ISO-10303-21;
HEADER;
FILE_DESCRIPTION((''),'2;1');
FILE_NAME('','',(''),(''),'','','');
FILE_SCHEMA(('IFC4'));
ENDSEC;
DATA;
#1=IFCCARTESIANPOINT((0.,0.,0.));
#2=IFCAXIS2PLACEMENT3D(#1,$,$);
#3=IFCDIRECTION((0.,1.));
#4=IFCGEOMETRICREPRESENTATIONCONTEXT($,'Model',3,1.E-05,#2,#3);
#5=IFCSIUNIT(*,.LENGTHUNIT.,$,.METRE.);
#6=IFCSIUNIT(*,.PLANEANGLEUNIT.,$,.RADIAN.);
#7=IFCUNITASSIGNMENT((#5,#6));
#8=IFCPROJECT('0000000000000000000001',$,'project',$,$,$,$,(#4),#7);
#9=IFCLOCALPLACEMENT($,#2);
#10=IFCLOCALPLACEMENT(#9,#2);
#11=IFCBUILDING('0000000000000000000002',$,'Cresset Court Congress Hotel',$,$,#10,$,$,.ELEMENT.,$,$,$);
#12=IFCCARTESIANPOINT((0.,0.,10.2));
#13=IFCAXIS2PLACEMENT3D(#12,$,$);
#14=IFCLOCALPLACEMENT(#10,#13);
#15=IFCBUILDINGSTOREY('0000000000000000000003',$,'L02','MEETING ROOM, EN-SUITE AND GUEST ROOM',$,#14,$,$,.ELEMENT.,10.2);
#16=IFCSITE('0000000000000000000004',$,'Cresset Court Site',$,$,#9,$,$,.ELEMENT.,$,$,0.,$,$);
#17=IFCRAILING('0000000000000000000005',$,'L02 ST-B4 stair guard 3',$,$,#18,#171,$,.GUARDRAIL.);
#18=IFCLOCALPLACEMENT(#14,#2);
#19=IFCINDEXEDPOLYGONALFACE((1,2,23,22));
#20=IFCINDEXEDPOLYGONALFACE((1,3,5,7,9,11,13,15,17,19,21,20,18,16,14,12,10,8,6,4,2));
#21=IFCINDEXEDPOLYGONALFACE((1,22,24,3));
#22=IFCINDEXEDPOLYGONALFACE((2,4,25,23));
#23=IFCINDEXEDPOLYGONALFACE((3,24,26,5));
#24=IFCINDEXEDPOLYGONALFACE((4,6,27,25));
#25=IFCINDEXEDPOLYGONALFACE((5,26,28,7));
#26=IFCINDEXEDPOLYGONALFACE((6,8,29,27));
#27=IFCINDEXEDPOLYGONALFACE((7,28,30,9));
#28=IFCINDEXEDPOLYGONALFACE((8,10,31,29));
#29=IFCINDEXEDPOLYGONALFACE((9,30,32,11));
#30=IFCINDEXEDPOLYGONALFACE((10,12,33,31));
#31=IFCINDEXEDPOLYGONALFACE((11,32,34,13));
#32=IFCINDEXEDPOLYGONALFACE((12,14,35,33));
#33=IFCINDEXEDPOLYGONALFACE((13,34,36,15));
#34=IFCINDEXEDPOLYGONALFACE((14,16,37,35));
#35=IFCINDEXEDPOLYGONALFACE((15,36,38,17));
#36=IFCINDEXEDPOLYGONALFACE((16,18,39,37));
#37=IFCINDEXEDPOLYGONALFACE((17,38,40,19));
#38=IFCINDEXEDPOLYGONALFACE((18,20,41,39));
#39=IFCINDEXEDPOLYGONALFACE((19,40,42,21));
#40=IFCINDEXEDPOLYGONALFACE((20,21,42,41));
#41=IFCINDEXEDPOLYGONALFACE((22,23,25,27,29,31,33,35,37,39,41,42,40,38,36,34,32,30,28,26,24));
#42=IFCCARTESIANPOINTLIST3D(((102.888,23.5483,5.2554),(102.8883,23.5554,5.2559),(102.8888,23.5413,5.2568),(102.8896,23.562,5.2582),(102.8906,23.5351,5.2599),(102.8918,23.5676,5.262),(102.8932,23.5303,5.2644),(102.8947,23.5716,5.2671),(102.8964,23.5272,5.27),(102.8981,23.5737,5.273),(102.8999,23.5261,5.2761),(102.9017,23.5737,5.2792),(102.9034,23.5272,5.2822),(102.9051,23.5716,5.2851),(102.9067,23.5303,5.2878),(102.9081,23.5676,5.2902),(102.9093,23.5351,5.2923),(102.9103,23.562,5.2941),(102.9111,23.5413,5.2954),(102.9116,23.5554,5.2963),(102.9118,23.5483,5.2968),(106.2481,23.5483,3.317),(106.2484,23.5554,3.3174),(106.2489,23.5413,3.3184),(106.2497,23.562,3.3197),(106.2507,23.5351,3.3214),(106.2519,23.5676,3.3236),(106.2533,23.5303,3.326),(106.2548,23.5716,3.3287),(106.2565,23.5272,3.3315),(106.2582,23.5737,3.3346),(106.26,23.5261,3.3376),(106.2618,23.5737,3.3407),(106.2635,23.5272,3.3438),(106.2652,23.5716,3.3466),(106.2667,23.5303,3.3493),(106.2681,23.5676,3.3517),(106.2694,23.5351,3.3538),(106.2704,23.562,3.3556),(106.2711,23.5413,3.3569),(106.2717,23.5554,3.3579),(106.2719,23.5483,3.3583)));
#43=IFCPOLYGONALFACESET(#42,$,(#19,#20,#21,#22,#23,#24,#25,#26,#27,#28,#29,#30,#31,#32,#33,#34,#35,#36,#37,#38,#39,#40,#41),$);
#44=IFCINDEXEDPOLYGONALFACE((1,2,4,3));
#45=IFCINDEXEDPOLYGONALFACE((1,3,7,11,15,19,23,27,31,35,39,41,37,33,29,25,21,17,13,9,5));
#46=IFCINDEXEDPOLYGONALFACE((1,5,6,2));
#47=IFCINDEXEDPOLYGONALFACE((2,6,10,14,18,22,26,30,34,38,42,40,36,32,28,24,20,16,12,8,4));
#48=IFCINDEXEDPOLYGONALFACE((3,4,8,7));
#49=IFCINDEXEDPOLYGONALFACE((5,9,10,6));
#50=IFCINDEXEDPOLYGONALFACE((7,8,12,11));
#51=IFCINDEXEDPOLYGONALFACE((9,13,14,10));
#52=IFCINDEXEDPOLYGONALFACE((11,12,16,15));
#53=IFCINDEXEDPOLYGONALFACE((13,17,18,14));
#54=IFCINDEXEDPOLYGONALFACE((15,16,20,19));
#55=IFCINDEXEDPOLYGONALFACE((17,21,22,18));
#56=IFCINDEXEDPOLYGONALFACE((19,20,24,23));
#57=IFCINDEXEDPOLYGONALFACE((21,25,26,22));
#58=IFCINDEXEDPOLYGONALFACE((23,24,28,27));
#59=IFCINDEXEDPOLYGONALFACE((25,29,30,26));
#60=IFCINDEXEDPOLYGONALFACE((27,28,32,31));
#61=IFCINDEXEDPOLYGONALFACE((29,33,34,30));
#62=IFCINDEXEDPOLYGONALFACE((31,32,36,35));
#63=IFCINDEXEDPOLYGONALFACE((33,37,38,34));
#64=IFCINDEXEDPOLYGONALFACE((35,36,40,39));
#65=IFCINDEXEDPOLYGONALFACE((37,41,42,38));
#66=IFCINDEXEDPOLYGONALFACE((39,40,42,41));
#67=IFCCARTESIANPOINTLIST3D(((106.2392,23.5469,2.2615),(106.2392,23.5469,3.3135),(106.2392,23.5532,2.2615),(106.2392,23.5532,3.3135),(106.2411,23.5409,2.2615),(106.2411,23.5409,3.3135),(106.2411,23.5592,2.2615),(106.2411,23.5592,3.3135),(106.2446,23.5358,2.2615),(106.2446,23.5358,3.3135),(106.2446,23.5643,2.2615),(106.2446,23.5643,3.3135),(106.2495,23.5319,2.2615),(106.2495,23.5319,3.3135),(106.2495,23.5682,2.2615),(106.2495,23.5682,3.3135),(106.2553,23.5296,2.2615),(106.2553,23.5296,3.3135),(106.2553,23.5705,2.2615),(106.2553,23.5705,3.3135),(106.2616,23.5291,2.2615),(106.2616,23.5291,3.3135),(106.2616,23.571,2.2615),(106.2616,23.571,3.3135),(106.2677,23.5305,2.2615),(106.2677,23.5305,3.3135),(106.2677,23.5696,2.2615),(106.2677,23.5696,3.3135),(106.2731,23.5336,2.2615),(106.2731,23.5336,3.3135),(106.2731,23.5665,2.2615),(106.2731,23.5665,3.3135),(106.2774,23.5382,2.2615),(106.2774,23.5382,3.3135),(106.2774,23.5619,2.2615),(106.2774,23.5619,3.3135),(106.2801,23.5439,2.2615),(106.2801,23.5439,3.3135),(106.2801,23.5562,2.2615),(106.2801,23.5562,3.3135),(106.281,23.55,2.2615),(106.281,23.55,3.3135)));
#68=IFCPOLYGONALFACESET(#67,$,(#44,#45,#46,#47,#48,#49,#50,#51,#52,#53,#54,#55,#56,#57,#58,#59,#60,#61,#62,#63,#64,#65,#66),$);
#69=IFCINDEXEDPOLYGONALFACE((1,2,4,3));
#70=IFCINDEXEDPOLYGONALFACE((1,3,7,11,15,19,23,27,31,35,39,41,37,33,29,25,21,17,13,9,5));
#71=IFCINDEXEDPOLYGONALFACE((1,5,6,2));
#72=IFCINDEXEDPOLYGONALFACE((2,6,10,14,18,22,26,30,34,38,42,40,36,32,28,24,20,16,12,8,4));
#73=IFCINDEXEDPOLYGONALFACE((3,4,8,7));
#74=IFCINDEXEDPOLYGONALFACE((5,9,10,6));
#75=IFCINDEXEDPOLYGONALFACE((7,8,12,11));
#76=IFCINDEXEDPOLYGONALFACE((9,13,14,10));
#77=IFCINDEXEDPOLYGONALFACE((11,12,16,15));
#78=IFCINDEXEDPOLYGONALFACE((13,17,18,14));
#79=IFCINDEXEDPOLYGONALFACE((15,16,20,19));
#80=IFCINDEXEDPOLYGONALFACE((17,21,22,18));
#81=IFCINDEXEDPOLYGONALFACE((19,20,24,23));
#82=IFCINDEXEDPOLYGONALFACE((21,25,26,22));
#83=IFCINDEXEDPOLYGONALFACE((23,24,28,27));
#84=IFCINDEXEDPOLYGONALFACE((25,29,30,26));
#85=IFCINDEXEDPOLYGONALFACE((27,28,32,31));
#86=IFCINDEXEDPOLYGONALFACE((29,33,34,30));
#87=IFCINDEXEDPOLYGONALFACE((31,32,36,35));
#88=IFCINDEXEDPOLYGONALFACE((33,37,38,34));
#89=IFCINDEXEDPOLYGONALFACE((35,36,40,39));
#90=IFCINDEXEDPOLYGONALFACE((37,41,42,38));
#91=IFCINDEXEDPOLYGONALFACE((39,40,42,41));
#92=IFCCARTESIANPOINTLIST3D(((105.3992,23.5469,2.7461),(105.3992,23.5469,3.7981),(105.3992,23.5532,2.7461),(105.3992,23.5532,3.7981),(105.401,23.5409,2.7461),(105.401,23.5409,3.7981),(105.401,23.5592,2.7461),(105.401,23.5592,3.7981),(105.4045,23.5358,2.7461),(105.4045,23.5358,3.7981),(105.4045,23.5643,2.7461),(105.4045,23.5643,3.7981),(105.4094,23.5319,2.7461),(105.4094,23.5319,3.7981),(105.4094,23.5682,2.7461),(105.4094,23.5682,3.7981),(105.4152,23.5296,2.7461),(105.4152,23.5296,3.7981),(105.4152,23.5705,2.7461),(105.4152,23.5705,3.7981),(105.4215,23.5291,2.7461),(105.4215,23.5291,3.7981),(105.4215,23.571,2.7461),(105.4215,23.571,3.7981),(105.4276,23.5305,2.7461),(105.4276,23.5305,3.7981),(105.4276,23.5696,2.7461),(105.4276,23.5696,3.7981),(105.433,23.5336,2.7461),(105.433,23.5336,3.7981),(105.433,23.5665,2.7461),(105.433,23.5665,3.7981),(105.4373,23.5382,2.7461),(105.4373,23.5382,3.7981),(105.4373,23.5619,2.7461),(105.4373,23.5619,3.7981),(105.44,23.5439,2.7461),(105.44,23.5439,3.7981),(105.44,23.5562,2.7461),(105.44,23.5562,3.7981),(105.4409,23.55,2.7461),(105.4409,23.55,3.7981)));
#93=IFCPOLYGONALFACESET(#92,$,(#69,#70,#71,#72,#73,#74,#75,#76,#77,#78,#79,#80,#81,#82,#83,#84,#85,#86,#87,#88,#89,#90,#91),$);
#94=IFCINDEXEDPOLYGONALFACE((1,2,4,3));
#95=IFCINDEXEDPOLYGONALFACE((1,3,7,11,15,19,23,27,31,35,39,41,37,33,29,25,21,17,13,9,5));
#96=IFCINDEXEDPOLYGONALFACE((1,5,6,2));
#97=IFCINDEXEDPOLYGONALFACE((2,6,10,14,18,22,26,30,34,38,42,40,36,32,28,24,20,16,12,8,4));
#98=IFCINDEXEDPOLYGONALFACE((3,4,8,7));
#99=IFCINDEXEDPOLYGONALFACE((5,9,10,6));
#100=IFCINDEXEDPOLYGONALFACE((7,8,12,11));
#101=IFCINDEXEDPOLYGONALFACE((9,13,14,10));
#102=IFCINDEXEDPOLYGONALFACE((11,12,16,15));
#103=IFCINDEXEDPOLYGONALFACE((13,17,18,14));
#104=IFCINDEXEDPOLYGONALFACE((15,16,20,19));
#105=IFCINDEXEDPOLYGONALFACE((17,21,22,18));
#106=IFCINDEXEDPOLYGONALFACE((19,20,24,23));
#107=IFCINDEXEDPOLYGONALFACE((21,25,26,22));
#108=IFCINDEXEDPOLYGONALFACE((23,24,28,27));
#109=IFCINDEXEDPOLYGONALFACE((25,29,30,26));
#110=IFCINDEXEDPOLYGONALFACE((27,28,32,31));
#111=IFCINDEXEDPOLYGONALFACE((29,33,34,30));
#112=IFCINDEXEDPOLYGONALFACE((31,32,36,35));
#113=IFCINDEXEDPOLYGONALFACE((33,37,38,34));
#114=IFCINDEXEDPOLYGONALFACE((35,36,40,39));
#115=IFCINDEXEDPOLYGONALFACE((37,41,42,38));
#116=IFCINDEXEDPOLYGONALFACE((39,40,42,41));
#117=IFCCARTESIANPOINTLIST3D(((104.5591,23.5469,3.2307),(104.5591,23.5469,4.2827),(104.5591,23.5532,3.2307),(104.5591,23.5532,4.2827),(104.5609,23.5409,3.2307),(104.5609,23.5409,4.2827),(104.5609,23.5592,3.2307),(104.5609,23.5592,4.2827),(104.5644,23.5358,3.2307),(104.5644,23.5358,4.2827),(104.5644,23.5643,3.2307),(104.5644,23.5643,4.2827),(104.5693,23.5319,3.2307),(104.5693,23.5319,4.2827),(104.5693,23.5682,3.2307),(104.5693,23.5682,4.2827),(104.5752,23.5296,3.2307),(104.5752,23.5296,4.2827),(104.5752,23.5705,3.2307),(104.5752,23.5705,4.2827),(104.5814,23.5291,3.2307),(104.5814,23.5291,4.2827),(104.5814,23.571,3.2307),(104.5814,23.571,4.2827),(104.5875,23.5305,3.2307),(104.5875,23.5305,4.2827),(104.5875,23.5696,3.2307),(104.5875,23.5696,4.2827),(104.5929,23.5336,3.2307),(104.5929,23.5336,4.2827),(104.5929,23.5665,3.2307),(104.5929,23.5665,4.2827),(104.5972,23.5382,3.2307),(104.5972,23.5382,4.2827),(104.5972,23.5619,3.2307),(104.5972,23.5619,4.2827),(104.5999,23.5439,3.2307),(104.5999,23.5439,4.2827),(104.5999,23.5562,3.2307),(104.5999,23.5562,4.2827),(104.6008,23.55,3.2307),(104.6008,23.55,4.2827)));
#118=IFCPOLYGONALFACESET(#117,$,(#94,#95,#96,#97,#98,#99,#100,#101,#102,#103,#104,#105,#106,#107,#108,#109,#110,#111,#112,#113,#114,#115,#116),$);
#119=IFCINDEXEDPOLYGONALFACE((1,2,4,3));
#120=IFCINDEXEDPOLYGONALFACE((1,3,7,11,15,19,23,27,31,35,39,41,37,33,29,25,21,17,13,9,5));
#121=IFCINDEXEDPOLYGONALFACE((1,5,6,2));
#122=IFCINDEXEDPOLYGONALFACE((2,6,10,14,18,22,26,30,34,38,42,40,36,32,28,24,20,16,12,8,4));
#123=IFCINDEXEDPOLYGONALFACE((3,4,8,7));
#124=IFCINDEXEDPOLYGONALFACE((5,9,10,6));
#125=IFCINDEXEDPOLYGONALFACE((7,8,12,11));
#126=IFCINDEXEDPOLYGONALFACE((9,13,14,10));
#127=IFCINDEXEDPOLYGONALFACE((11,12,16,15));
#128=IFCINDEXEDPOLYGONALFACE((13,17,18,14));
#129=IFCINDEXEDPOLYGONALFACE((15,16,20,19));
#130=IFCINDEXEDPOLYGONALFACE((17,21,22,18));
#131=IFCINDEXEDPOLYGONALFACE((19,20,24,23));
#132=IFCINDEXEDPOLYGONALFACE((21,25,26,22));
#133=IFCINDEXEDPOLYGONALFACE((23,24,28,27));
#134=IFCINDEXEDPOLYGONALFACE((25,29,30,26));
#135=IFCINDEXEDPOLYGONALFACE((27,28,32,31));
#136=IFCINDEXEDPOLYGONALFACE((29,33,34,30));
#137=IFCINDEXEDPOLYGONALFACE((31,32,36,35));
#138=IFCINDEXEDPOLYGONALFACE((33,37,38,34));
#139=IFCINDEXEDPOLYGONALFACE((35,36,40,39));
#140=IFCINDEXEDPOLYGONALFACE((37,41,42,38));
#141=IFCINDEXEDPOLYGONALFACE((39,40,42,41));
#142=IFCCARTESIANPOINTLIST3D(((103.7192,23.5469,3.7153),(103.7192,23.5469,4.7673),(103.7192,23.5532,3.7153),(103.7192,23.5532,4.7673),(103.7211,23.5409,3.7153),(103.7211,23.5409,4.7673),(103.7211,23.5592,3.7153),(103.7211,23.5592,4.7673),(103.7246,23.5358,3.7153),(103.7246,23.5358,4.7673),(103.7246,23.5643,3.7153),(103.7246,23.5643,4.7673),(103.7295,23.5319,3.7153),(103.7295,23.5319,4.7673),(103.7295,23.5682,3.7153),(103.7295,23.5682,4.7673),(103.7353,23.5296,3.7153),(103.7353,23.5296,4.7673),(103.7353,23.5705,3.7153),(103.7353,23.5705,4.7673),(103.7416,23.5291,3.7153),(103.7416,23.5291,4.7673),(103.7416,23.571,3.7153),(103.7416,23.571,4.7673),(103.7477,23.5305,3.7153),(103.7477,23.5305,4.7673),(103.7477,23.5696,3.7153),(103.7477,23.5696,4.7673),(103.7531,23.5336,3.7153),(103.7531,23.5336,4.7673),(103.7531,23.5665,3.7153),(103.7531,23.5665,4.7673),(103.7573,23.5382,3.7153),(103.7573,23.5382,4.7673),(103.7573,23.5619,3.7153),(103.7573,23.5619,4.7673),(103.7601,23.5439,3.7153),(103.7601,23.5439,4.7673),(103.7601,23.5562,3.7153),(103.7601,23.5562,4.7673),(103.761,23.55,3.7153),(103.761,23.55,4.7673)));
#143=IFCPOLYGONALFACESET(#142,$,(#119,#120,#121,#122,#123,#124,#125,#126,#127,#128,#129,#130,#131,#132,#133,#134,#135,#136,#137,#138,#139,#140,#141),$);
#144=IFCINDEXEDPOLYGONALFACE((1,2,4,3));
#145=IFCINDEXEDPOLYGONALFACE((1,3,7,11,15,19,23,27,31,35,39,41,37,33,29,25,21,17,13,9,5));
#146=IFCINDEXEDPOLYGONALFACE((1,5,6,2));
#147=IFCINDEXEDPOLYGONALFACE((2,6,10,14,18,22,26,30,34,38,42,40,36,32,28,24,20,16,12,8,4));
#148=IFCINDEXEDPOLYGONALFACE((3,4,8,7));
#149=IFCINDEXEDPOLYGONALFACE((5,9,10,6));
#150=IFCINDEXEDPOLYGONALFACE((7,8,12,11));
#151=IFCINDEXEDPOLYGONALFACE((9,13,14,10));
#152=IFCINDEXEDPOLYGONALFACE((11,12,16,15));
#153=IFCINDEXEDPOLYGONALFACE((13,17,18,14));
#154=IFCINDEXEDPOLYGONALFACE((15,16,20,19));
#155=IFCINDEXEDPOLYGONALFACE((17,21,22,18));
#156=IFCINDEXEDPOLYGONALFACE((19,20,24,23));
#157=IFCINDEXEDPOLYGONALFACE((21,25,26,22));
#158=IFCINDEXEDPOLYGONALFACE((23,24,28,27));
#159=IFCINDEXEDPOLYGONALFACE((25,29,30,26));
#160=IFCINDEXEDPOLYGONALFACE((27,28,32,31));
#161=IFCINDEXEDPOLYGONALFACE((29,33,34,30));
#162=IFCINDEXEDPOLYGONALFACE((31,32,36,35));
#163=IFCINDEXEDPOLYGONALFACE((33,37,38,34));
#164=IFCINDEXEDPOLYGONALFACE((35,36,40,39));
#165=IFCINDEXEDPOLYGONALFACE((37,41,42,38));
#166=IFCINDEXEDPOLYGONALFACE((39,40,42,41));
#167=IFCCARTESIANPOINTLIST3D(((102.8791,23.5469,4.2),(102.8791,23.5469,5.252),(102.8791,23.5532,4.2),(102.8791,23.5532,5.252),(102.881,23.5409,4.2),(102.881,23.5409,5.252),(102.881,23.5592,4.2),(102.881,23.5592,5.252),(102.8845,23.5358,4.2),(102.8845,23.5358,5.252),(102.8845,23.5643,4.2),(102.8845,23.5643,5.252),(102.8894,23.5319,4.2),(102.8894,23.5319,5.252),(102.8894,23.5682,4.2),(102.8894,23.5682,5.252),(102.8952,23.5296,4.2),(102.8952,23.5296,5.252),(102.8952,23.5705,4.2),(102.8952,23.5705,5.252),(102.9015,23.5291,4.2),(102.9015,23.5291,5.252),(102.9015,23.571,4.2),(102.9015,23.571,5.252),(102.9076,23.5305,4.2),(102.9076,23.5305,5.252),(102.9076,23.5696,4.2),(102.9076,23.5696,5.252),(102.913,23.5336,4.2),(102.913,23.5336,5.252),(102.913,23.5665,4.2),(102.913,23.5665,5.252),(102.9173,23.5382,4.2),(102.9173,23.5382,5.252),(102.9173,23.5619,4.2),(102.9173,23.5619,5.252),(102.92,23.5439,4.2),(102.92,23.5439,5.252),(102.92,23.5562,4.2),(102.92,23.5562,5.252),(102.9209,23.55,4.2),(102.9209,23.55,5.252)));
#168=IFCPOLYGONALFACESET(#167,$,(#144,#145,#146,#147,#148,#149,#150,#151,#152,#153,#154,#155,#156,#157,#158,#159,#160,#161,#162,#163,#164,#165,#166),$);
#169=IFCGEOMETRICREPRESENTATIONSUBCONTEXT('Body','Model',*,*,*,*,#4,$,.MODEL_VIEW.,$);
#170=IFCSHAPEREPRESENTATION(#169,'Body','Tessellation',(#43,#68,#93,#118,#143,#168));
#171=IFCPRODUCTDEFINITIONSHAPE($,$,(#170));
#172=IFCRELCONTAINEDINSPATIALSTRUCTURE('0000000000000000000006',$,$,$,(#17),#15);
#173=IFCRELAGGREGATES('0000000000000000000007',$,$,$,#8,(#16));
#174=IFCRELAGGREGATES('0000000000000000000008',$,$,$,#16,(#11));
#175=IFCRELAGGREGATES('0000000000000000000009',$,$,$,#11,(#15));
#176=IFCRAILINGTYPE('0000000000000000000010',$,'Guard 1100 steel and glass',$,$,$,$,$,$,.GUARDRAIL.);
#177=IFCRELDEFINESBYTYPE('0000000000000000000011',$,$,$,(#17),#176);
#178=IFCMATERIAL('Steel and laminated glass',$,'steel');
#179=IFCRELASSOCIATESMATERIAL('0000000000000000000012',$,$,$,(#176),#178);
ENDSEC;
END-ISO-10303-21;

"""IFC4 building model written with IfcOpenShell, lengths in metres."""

from ifc_helpers import new_model, si_unit, direction, frame, origin, origin_2d, place, context, subcontext, project, spatial, circle, extrude, material, type_object, element, save


model = new_model("IFC4")

# Units and contexts
model_context = context("Model", 3, precision=1e-05, world=origin(), true_north=direction((0.0, 1.0)))
body_context = subcontext(model_context, "Body", "Model", "MODEL_VIEW")
ifc_project = project(units=[si_unit("LENGTHUNIT", "METRE"), si_unit("PLANEANGLEUNIT", "RADIAN")], contexts=[model_context])

# Site, building, storey
site_placement = place(None, origin())
site = spatial("IfcSite", under=ifc_project, at=site_placement, Name="Cresset Court Site", CompositionType="ELEMENT", RefElevation=0.0)
building_placement = place(site_placement, origin())
building = spatial("IfcBuilding", under=site, at=building_placement, Name="Cresset Court Congress Hotel", CompositionType="ELEMENT")
storey_placement = place(building_placement, frame((0.0, 0.0, 10.2)))
storey = spatial("IfcBuildingStorey", under=building, at=storey_placement, Name="L02", Description="MEETING ROOM, EN-SUITE AND GUEST ROOM", CompositionType="ELEMENT", Elevation=10.2)

# Railing
ifc_material_1 = material(Name="Steel and laminated glass", Category="steel")
railing_type_1 = type_object("IfcRailingType", Name="Guard 1100 steel and glass", PredefinedType="GUARDRAIL", material=ifc_material_1)
railing_1_placement = place(storey_placement, frame((106.26, 23.55, 2.2615)))
element("IfcRailing", 1, at=railing_1_placement, inside=storey, type_object=railing_type_1, Name="L02 ST-B4 stair guard 3", PredefinedType="GUARDRAIL", context=body_context, shape_type="SweptSolid", body=[
    extrude(circle(Radius=0.0239, at=origin_2d()), frame((0.0, 0.0, 1.0762), z_axis=(-0.866191, 0.0, 0.499713), x_axis=(0.0, -1.0, 0.0)), (0.0, 0.0, 1.0), 3.8792),
    extrude(circle(Radius=0.021, at=origin_2d()), origin(), (0.0, 0.0, 1.0), 1.052),
    extrude(circle(Radius=0.021, at=origin_2d()), frame((-0.8401, 0.0, 0.4846)), (0.0, 0.0, 1.0), 1.052),
    extrude(circle(Radius=0.021, at=origin_2d()), frame((-1.6802, 0.0, 0.9692)), (0.0, 0.0, 1.0), 1.052),
    extrude(circle(Radius=0.021, at=origin_2d()), frame((-2.52, 0.0, 1.4539)), (0.0, 0.0, 1.0), 1.052),
    extrude(circle(Radius=0.021, at=origin_2d()), frame((-3.3601, 0.0, 1.9385)), (0.0, 0.0, 1.0), 1.052),
])

save(model, "model.ifc")
